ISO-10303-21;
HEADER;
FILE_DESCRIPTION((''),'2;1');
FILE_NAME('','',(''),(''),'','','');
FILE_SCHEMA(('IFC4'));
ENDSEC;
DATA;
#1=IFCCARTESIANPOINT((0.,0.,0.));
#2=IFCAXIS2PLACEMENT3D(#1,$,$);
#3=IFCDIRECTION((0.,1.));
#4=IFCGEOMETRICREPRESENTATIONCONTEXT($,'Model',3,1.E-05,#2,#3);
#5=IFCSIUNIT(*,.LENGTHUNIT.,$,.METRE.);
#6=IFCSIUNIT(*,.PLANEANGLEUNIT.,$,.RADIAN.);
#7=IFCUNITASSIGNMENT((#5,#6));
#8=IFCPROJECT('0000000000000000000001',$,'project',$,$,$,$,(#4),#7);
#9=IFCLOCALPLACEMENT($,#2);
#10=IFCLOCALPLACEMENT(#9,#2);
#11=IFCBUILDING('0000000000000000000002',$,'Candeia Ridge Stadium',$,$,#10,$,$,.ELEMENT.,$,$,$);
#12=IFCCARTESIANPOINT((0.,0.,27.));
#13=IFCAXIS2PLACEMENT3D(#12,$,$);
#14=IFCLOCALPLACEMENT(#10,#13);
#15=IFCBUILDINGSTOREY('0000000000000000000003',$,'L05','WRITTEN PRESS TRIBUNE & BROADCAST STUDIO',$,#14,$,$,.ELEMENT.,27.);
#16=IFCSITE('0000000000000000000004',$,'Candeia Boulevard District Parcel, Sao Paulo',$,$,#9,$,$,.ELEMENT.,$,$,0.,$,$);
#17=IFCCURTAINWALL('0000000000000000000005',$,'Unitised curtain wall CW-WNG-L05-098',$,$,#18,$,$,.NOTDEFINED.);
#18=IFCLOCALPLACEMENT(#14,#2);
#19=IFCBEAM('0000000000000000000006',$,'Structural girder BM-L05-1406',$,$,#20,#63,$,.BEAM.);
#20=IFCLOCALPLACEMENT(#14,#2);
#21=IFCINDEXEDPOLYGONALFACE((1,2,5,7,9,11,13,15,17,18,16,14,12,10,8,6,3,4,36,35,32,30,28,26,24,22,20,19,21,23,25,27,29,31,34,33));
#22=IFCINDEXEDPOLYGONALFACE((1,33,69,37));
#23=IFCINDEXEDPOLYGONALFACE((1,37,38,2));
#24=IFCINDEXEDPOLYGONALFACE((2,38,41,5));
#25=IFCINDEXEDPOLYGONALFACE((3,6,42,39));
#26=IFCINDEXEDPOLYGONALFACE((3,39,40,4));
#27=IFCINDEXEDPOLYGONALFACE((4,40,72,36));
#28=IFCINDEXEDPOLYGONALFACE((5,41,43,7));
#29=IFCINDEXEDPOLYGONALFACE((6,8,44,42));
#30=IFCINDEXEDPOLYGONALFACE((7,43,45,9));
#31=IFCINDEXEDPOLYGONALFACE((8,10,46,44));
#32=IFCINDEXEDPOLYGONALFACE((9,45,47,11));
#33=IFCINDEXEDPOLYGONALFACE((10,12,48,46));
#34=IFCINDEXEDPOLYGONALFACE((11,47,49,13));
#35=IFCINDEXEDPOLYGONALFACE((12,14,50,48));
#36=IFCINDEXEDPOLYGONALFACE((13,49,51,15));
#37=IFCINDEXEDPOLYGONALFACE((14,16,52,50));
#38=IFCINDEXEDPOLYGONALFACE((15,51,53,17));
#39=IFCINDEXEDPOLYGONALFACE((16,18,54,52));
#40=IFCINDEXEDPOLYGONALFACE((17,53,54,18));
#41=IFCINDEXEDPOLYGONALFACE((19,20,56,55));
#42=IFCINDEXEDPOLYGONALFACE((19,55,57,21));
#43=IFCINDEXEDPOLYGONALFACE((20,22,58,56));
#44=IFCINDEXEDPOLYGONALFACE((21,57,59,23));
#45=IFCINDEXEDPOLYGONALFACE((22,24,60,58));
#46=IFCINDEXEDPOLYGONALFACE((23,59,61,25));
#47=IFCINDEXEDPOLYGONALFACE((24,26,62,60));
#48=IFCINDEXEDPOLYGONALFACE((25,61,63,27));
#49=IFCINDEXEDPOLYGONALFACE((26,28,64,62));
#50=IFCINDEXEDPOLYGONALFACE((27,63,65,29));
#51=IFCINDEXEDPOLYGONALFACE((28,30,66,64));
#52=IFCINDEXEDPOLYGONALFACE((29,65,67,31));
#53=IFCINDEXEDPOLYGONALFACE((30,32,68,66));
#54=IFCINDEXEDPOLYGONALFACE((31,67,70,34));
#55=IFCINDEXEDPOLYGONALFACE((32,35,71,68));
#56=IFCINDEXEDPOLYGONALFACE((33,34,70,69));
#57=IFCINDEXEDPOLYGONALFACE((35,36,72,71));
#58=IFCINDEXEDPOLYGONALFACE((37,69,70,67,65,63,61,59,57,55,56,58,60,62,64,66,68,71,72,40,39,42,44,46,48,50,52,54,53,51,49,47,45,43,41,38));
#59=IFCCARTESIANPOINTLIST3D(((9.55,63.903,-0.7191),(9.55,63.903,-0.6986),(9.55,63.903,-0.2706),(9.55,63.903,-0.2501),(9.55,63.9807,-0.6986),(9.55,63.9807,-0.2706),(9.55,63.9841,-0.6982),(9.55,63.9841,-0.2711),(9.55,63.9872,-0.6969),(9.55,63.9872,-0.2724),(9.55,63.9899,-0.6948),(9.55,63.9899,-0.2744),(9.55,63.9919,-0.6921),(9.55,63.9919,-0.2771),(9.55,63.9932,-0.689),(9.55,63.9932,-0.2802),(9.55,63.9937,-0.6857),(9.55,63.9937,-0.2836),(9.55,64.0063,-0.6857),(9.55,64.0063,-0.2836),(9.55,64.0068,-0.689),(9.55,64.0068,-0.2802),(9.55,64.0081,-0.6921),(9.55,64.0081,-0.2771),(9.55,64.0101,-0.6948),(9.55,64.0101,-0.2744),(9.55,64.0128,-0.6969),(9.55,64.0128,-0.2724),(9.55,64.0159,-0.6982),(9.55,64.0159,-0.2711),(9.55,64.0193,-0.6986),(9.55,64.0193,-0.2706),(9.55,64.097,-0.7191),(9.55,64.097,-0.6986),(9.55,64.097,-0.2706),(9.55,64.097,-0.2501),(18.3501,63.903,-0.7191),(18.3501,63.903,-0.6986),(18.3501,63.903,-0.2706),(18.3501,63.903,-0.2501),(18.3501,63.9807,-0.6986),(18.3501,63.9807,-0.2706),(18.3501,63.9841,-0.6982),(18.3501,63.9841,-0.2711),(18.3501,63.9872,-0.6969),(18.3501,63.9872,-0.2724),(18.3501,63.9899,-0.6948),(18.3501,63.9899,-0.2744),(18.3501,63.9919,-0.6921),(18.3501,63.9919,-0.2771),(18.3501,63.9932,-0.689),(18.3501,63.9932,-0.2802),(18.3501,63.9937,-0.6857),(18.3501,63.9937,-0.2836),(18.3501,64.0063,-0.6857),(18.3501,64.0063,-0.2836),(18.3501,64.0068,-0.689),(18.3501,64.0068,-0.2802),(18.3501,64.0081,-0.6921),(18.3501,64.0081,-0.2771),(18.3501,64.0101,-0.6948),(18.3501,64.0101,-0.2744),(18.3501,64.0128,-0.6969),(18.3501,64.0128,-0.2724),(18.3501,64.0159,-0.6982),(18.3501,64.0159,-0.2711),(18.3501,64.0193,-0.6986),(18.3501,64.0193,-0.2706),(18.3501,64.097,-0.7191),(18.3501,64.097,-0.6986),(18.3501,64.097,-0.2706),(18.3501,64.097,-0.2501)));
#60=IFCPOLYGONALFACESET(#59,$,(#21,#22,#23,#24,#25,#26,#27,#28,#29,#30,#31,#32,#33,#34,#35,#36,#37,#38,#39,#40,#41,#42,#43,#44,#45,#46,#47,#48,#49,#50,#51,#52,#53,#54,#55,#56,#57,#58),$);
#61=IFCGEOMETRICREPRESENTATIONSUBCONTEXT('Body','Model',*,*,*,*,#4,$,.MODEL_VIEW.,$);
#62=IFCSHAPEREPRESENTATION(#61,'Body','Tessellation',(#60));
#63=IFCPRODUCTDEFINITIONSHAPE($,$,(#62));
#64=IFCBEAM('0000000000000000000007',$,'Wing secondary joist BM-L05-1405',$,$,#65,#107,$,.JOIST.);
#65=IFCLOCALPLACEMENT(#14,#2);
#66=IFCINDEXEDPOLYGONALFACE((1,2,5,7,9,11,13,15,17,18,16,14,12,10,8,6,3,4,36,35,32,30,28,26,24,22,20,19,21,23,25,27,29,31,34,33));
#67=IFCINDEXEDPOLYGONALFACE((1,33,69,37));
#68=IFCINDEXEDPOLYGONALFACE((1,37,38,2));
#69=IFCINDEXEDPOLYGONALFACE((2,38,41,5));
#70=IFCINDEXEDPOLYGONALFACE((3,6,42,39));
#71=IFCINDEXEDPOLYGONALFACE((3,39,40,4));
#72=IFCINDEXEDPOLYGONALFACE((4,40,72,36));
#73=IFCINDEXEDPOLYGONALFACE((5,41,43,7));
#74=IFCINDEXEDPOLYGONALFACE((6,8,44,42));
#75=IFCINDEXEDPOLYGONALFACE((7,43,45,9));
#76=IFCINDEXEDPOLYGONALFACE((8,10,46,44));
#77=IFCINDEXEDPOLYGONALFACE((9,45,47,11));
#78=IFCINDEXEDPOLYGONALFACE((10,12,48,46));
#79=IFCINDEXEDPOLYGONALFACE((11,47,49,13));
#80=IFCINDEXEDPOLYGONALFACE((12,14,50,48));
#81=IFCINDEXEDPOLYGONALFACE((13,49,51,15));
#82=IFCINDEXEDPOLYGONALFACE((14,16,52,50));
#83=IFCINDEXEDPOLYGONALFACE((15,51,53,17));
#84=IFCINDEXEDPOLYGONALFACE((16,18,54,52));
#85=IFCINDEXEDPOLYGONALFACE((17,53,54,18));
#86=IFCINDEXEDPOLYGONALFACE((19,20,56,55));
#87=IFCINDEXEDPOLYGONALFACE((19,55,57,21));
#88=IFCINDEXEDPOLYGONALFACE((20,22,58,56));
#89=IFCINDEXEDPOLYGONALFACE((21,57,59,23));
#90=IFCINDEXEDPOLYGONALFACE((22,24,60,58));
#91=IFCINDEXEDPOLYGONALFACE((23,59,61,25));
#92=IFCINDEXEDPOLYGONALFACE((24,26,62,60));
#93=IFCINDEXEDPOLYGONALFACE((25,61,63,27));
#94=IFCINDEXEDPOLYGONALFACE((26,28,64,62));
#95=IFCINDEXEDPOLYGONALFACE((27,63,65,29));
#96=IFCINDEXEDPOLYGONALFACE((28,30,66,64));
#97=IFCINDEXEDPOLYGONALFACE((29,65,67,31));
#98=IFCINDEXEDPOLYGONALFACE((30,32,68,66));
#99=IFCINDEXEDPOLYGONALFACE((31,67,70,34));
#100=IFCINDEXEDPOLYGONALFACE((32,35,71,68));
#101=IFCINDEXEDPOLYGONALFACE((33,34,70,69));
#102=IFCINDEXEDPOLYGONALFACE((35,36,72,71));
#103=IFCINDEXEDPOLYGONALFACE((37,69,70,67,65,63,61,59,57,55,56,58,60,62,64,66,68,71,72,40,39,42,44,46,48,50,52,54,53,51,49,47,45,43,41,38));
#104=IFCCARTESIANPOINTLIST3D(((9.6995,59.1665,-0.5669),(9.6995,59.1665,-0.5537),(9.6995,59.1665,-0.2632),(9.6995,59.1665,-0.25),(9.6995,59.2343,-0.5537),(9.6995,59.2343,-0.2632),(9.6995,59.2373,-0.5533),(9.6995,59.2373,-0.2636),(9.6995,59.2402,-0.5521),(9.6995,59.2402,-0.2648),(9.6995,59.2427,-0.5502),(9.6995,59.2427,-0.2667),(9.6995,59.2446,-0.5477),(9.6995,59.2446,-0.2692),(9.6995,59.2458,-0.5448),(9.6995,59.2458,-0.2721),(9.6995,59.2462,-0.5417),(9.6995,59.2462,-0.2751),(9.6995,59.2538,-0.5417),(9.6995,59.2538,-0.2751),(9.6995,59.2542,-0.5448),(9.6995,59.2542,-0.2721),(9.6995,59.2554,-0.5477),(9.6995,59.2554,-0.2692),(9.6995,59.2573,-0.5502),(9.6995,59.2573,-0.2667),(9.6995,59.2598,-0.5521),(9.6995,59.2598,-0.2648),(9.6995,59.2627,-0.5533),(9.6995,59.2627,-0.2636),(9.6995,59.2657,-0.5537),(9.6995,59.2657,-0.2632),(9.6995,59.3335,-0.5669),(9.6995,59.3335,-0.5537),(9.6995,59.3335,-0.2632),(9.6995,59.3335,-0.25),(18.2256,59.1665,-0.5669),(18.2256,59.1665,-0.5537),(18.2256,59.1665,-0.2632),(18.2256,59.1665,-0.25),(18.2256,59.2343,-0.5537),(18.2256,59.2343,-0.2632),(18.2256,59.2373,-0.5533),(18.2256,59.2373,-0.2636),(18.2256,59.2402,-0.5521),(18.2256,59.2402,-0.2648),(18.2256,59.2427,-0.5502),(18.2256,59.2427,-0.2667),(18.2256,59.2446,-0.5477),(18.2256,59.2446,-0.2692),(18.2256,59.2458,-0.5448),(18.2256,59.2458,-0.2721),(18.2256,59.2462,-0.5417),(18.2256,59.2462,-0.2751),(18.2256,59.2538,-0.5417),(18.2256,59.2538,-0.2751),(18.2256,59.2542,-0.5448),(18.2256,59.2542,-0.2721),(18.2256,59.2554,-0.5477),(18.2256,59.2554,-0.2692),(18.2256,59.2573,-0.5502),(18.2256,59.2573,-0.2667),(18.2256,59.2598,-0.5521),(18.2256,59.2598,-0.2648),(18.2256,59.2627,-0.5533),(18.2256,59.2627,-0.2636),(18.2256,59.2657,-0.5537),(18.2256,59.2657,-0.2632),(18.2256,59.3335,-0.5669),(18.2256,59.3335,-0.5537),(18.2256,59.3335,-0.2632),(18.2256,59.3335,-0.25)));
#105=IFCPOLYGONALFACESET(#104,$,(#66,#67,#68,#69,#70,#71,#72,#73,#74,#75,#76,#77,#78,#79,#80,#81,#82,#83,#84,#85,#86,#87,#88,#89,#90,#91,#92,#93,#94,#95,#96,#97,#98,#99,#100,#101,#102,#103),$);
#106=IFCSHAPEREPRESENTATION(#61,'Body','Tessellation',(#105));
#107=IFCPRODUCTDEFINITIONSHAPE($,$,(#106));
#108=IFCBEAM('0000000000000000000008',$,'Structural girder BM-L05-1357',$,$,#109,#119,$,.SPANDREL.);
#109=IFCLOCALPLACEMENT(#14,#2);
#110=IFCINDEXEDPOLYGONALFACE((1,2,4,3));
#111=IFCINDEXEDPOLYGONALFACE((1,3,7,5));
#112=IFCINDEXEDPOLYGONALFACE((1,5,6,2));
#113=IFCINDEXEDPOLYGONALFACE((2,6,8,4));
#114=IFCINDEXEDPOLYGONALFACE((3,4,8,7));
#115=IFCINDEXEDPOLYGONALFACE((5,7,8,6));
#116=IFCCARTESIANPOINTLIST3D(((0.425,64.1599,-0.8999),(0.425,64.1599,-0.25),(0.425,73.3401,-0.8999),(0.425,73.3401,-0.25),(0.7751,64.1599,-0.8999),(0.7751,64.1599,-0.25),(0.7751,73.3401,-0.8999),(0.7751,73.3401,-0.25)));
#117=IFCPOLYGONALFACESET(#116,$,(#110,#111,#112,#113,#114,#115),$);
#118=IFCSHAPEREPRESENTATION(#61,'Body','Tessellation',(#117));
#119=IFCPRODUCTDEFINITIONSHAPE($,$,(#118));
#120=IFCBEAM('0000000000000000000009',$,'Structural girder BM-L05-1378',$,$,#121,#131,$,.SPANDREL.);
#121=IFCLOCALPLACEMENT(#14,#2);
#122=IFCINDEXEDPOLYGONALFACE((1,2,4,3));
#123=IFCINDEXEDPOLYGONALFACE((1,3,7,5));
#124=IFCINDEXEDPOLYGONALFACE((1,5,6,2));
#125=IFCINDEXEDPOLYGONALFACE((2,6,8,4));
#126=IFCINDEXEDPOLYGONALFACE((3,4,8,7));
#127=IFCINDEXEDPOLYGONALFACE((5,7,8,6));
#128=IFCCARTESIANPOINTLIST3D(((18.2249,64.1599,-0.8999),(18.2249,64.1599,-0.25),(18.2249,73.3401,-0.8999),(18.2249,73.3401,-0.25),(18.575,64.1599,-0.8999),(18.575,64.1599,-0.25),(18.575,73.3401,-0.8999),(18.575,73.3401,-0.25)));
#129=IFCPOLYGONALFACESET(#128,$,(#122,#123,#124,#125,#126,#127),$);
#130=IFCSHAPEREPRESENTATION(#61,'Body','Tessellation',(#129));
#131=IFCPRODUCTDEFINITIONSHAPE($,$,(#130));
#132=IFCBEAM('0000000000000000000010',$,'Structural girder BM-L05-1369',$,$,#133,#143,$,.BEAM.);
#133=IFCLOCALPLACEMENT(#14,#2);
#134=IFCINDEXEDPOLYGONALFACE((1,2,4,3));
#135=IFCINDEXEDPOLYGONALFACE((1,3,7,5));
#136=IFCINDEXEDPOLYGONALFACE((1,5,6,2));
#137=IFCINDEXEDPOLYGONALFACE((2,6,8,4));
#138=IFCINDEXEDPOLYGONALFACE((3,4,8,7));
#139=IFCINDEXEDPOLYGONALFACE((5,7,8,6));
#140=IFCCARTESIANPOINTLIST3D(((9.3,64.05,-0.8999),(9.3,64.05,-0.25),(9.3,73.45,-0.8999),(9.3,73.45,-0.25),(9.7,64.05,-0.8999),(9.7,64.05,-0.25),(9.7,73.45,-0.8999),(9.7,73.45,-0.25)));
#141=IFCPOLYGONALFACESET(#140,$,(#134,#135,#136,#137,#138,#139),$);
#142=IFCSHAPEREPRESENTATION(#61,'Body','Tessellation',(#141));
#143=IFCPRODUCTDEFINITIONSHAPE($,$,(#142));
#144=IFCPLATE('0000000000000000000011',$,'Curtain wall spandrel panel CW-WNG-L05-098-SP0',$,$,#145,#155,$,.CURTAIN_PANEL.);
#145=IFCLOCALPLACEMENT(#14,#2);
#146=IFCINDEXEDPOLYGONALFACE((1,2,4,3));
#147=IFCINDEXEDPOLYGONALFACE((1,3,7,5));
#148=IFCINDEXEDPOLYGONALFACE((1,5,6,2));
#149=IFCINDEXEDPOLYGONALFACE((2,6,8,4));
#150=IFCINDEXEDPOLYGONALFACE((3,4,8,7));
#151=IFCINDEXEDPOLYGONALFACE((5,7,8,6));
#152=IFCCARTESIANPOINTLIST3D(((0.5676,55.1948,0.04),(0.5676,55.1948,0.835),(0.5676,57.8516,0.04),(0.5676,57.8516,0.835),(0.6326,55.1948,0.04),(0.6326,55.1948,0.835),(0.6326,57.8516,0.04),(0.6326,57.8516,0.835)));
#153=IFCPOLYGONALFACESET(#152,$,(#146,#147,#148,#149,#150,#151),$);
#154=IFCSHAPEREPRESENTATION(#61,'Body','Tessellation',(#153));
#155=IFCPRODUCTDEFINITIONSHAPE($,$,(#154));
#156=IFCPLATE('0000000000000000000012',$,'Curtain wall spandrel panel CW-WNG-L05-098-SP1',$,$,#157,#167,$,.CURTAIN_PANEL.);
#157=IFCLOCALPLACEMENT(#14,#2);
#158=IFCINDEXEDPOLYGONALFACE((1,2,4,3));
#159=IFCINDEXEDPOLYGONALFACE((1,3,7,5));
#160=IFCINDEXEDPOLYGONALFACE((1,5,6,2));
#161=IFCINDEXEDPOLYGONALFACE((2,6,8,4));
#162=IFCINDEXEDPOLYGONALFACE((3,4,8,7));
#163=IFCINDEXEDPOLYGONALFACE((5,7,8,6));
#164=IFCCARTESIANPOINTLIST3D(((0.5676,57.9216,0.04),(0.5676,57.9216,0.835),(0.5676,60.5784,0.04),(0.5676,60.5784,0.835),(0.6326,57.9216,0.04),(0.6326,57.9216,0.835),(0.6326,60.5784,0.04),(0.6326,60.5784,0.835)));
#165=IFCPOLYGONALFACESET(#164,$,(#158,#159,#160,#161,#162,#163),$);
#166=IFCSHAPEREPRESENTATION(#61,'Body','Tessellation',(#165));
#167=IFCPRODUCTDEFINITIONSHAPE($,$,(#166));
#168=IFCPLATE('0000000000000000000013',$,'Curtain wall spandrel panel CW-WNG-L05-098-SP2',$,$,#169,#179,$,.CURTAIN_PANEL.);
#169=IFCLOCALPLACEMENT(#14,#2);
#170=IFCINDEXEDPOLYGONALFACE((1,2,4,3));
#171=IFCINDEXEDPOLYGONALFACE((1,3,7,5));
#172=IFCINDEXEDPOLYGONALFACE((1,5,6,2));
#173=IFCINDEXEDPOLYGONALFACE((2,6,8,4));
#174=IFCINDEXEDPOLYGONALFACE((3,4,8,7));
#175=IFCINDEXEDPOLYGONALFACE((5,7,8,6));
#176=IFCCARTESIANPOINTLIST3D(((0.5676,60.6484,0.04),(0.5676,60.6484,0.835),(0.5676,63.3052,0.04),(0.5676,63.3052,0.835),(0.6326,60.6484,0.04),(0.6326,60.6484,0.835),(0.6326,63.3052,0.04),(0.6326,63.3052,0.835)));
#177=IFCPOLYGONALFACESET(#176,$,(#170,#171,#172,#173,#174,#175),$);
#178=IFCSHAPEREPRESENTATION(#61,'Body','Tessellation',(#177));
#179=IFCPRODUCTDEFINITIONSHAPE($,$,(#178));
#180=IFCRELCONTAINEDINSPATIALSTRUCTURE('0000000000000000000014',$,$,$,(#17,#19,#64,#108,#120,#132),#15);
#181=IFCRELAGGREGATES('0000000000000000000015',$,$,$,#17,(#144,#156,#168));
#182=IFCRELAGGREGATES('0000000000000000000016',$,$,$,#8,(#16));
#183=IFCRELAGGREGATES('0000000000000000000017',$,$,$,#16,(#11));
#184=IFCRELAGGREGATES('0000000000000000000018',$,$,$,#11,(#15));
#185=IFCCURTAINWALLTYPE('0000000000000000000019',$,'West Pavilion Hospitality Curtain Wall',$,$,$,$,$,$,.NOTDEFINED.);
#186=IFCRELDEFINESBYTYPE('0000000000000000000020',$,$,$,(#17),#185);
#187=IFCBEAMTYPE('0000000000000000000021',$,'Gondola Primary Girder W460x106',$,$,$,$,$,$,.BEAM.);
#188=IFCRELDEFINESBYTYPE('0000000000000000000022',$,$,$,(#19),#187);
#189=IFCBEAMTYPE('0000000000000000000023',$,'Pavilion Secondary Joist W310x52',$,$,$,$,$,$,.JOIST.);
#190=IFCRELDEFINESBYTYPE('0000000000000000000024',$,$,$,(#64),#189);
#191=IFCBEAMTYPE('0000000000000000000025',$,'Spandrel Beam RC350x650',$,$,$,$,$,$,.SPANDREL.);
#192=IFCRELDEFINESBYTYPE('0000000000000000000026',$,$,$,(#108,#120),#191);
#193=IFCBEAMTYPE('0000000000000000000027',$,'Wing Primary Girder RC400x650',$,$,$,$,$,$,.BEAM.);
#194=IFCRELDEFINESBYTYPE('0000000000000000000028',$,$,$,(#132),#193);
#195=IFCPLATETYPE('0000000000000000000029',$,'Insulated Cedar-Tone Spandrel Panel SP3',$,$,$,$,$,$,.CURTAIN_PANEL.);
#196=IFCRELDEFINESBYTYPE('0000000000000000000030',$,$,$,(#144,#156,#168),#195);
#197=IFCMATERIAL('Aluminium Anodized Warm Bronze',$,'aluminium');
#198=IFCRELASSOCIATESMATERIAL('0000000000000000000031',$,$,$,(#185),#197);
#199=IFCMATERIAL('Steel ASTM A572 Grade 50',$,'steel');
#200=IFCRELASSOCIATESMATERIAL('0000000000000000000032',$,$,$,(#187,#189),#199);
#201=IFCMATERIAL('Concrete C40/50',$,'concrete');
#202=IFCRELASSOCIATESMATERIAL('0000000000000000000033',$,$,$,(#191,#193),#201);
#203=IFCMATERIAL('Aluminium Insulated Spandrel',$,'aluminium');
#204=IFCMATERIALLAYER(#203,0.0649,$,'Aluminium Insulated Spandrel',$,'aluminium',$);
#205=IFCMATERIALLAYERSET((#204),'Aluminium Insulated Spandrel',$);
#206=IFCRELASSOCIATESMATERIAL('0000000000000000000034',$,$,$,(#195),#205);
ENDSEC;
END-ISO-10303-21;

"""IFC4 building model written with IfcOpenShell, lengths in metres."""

from ifc_helpers import new_model, si_unit, direction, frame, origin, origin_2d, place, context, subcontext, project, spatial, rectangle, i_section, extrude, material, layer, layer_set, material_profile, profile_set, type_object, element, aggregate, save


model = new_model("IFC4")

# Units and contexts
model_context = context("Model", 3, precision=1e-05, world=origin(), true_north=direction((0.0, 1.0)))
body_context = subcontext(model_context, "Body", "Model", "MODEL_VIEW")
ifc_project = project(units=[si_unit("LENGTHUNIT", "METRE"), si_unit("PLANEANGLEUNIT", "RADIAN")], contexts=[model_context])

# Site, building, storey
site_placement = place(None, origin())
site = spatial("IfcSite", under=ifc_project, at=site_placement, Name="Candeia Boulevard District Parcel, Sao Paulo", CompositionType="ELEMENT", RefElevation=0.0)
building_placement = place(site_placement, origin())
building = spatial("IfcBuilding", under=site, at=building_placement, Name="Candeia Ridge Stadium", CompositionType="ELEMENT")
storey_placement = place(building_placement, frame((0.0, 0.0, 27.0)))
storey = spatial("IfcBuildingStorey", under=building, at=storey_placement, Name="L05", Description="WRITTEN PRESS TRIBUNE & BROADCAST STUDIO", CompositionType="ELEMENT", Elevation=27.0)

# Shared definitions
ifc_material_1 = material(Name="Steel ASTM A572 Grade 50", Category="steel")
ifc_material_2 = material(Name="Concrete C40/50", Category="concrete")

# Curtain wall
ifc_material_3 = material(Name="Aluminium Anodized Warm Bronze", Category="aluminium")
curtain_wall_type = type_object("IfcCurtainWallType", Name="West Pavilion Hospitality Curtain Wall", PredefinedType="NOTDEFINED", material=ifc_material_3)
curtain_wall_placement = place(storey_placement, origin())
curtain_wall = element("IfcCurtainWall", 1, at=curtain_wall_placement, inside=storey, type_object=curtain_wall_type, Name="Unitised curtain wall CW-WNG-L05-098", PredefinedType="NOTDEFINED")

# Beams
ifc_material_profile_1 = material_profile(ifc_material_1, i_section(OverallWidth=0.1941, OverallDepth=0.469, WebThickness=0.0127, FlangeThickness=0.0205, FilletRadius=0.0129, at=origin_2d()), Name="W460x106", Category="steel")
ifc_profile_set_1 = profile_set([ifc_material_profile_1], Name="Steel ASTM A572 Grade 50")
beam_type_1 = type_object("IfcBeamType", Name="Gondola Primary Girder W460x106", PredefinedType="BEAM", material=ifc_profile_set_1)
beam_1_placement = place(storey_placement, frame((9.55, 64.0, -0.4846), z_axis=(1.0, 0.0, 0.0), x_axis=(0.0, 1.0, 0.0)))
element("IfcBeam", 2, at=beam_1_placement, inside=storey, type_object=beam_type_1, Name="Structural girder BM-L05-1406", PredefinedType="BEAM", context=body_context, shape_type="SweptSolid", body=[
    extrude(i_section(OverallWidth=0.1941, OverallDepth=0.469, WebThickness=0.0127, FlangeThickness=0.0205, FilletRadius=0.0129, at=origin_2d()), origin(), (0.0, 0.0, 1.0), 8.8),
])
ifc_material_profile_2 = material_profile(ifc_material_1, i_section(OverallWidth=0.167, OverallDepth=0.3169, WebThickness=0.0076, FlangeThickness=0.0132, FilletRadius=0.012, at=origin_2d()), Name="W310x52", Category="steel")
ifc_profile_set_2 = profile_set([ifc_material_profile_2], Name="Steel ASTM A572 Grade 50")
beam_type_2 = type_object("IfcBeamType", Name="Pavilion Secondary Joist W310x52", PredefinedType="JOIST", material=ifc_profile_set_2)
beam_2_placement = place(storey_placement, frame((9.6995, 59.25, -0.4084), z_axis=(1.0, 0.0, 0.0), x_axis=(0.0, 1.0, 0.0)))
element("IfcBeam", 3, at=beam_2_placement, inside=storey, type_object=beam_type_2, Name="Wing secondary joist BM-L05-1405", PredefinedType="JOIST", context=body_context, shape_type="SweptSolid", body=[
    extrude(i_section(OverallWidth=0.167, OverallDepth=0.3169, WebThickness=0.0076, FlangeThickness=0.0132, FilletRadius=0.012, at=origin_2d()), origin(), (0.0, 0.0, 1.0), 8.5261),
])
ifc_material_profile_3 = material_profile(ifc_material_2, rectangle(XDim=0.3501, YDim=0.6499, at=origin_2d()), Name="RC350x650", Category="concrete")
ifc_profile_set_3 = profile_set([ifc_material_profile_3], Name="Concrete C40/50")
beam_type_3 = type_object("IfcBeamType", Name="Spandrel Beam RC350x650", PredefinedType="SPANDREL", material=ifc_profile_set_3)
for number, where, z_axis, x_axis, name in (
    (4, (0.6001, 64.1599, -0.575), (0.0, 1.0, 0.0), (-1.0, 0.0, 0.0), "Structural girder BM-L05-1357"),
    (5, (18.3999, 64.1599, -0.575), (0.0, 1.0, 0.0), (-1.0, 0.0, 0.0), "Structural girder BM-L05-1378"),
):
    element("IfcBeam", number, at=place(storey_placement, frame(where, z_axis=z_axis, x_axis=x_axis)), inside=storey, type_object=beam_type_3, Name=name, PredefinedType="SPANDREL", context=body_context, shape_type="SweptSolid", body=[
        extrude(rectangle(XDim=0.3501, YDim=0.6499, at=origin_2d()), origin(), (0.0, 0.0, 1.0), 9.1802),
    ])
ifc_material_profile_4 = material_profile(ifc_material_2, rectangle(XDim=0.3999, YDim=0.6499, at=origin_2d()), Name="RC400x650", Category="concrete")
ifc_profile_set_4 = profile_set([ifc_material_profile_4], Name="Concrete C40/50")
beam_type_4 = type_object("IfcBeamType", Name="Wing Primary Girder RC400x650", PredefinedType="BEAM", material=ifc_profile_set_4)
beam_3_placement = place(storey_placement, frame((9.5, 64.05, -0.575), z_axis=(0.0, 1.0, 0.0), x_axis=(-1.0, 0.0, 0.0)))
element("IfcBeam", 6, at=beam_3_placement, inside=storey, type_object=beam_type_4, Name="Structural girder BM-L05-1369", PredefinedType="BEAM", context=body_context, shape_type="SweptSolid", body=[
    extrude(rectangle(XDim=0.3999, YDim=0.6499, at=origin_2d()), origin(), (0.0, 0.0, 1.0), 9.3999),
])

# Plates
ifc_material_4 = material(Name="Aluminium Insulated Spandrel", Category="aluminium")
ifc_layer_1 = layer(ifc_material_4, 0.0649, Name="Aluminium Insulated Spandrel", Category="aluminium")
ifc_layer_set_1 = layer_set([ifc_layer_1], Name="Aluminium Insulated Spandrel")
plate_type_1 = type_object("IfcPlateType", Name="Insulated Cedar-Tone Spandrel Panel SP3", PredefinedType="CURTAIN_PANEL", material=ifc_layer_set_1)
plate_1_placement = place(storey_placement, frame((0.6001, 56.5232, 0.04), z_axis=(0.0, 0.0, 1.0), x_axis=(0.0, 1.0, 0.0)))
plate_1 = element("IfcPlate", 7, at=plate_1_placement, type_object=plate_type_1, Name="Curtain wall spandrel panel CW-WNG-L05-098-SP0", PredefinedType="CURTAIN_PANEL", context=body_context, shape_type="SweptSolid", body=[
    extrude(rectangle(XDim=2.6567, YDim=0.0649, at=origin_2d()), origin(), (0.0, 0.0, 1.0), 0.7949),
])
plate_2_placement = place(storey_placement, frame((0.6001, 59.25, 0.04), z_axis=(0.0, 0.0, 1.0), x_axis=(0.0, 1.0, 0.0)))
plate_2 = element("IfcPlate", 8, at=plate_2_placement, type_object=plate_type_1, Name="Curtain wall spandrel panel CW-WNG-L05-098-SP1", PredefinedType="CURTAIN_PANEL", context=body_context, shape_type="SweptSolid", body=[
    extrude(rectangle(XDim=2.6567, YDim=0.0649, at=origin_2d()), origin(), (0.0, 0.0, 1.0), 0.7949),
])
plate_3_placement = place(storey_placement, frame((0.6001, 61.9768, 0.04), z_axis=(0.0, 0.0, 1.0), x_axis=(0.0, 1.0, 0.0)))
plate_3 = element("IfcPlate", 9, at=plate_3_placement, type_object=plate_type_1, Name="Curtain wall spandrel panel CW-WNG-L05-098-SP2", PredefinedType="CURTAIN_PANEL", context=body_context, shape_type="SweptSolid", body=[
    extrude(rectangle(XDim=2.6567, YDim=0.0649, at=origin_2d()), origin(), (0.0, 0.0, 1.0), 0.7949),
])
aggregate(curtain_wall, [plate_1, plate_2, plate_3])

save(model, "model.ifc")
